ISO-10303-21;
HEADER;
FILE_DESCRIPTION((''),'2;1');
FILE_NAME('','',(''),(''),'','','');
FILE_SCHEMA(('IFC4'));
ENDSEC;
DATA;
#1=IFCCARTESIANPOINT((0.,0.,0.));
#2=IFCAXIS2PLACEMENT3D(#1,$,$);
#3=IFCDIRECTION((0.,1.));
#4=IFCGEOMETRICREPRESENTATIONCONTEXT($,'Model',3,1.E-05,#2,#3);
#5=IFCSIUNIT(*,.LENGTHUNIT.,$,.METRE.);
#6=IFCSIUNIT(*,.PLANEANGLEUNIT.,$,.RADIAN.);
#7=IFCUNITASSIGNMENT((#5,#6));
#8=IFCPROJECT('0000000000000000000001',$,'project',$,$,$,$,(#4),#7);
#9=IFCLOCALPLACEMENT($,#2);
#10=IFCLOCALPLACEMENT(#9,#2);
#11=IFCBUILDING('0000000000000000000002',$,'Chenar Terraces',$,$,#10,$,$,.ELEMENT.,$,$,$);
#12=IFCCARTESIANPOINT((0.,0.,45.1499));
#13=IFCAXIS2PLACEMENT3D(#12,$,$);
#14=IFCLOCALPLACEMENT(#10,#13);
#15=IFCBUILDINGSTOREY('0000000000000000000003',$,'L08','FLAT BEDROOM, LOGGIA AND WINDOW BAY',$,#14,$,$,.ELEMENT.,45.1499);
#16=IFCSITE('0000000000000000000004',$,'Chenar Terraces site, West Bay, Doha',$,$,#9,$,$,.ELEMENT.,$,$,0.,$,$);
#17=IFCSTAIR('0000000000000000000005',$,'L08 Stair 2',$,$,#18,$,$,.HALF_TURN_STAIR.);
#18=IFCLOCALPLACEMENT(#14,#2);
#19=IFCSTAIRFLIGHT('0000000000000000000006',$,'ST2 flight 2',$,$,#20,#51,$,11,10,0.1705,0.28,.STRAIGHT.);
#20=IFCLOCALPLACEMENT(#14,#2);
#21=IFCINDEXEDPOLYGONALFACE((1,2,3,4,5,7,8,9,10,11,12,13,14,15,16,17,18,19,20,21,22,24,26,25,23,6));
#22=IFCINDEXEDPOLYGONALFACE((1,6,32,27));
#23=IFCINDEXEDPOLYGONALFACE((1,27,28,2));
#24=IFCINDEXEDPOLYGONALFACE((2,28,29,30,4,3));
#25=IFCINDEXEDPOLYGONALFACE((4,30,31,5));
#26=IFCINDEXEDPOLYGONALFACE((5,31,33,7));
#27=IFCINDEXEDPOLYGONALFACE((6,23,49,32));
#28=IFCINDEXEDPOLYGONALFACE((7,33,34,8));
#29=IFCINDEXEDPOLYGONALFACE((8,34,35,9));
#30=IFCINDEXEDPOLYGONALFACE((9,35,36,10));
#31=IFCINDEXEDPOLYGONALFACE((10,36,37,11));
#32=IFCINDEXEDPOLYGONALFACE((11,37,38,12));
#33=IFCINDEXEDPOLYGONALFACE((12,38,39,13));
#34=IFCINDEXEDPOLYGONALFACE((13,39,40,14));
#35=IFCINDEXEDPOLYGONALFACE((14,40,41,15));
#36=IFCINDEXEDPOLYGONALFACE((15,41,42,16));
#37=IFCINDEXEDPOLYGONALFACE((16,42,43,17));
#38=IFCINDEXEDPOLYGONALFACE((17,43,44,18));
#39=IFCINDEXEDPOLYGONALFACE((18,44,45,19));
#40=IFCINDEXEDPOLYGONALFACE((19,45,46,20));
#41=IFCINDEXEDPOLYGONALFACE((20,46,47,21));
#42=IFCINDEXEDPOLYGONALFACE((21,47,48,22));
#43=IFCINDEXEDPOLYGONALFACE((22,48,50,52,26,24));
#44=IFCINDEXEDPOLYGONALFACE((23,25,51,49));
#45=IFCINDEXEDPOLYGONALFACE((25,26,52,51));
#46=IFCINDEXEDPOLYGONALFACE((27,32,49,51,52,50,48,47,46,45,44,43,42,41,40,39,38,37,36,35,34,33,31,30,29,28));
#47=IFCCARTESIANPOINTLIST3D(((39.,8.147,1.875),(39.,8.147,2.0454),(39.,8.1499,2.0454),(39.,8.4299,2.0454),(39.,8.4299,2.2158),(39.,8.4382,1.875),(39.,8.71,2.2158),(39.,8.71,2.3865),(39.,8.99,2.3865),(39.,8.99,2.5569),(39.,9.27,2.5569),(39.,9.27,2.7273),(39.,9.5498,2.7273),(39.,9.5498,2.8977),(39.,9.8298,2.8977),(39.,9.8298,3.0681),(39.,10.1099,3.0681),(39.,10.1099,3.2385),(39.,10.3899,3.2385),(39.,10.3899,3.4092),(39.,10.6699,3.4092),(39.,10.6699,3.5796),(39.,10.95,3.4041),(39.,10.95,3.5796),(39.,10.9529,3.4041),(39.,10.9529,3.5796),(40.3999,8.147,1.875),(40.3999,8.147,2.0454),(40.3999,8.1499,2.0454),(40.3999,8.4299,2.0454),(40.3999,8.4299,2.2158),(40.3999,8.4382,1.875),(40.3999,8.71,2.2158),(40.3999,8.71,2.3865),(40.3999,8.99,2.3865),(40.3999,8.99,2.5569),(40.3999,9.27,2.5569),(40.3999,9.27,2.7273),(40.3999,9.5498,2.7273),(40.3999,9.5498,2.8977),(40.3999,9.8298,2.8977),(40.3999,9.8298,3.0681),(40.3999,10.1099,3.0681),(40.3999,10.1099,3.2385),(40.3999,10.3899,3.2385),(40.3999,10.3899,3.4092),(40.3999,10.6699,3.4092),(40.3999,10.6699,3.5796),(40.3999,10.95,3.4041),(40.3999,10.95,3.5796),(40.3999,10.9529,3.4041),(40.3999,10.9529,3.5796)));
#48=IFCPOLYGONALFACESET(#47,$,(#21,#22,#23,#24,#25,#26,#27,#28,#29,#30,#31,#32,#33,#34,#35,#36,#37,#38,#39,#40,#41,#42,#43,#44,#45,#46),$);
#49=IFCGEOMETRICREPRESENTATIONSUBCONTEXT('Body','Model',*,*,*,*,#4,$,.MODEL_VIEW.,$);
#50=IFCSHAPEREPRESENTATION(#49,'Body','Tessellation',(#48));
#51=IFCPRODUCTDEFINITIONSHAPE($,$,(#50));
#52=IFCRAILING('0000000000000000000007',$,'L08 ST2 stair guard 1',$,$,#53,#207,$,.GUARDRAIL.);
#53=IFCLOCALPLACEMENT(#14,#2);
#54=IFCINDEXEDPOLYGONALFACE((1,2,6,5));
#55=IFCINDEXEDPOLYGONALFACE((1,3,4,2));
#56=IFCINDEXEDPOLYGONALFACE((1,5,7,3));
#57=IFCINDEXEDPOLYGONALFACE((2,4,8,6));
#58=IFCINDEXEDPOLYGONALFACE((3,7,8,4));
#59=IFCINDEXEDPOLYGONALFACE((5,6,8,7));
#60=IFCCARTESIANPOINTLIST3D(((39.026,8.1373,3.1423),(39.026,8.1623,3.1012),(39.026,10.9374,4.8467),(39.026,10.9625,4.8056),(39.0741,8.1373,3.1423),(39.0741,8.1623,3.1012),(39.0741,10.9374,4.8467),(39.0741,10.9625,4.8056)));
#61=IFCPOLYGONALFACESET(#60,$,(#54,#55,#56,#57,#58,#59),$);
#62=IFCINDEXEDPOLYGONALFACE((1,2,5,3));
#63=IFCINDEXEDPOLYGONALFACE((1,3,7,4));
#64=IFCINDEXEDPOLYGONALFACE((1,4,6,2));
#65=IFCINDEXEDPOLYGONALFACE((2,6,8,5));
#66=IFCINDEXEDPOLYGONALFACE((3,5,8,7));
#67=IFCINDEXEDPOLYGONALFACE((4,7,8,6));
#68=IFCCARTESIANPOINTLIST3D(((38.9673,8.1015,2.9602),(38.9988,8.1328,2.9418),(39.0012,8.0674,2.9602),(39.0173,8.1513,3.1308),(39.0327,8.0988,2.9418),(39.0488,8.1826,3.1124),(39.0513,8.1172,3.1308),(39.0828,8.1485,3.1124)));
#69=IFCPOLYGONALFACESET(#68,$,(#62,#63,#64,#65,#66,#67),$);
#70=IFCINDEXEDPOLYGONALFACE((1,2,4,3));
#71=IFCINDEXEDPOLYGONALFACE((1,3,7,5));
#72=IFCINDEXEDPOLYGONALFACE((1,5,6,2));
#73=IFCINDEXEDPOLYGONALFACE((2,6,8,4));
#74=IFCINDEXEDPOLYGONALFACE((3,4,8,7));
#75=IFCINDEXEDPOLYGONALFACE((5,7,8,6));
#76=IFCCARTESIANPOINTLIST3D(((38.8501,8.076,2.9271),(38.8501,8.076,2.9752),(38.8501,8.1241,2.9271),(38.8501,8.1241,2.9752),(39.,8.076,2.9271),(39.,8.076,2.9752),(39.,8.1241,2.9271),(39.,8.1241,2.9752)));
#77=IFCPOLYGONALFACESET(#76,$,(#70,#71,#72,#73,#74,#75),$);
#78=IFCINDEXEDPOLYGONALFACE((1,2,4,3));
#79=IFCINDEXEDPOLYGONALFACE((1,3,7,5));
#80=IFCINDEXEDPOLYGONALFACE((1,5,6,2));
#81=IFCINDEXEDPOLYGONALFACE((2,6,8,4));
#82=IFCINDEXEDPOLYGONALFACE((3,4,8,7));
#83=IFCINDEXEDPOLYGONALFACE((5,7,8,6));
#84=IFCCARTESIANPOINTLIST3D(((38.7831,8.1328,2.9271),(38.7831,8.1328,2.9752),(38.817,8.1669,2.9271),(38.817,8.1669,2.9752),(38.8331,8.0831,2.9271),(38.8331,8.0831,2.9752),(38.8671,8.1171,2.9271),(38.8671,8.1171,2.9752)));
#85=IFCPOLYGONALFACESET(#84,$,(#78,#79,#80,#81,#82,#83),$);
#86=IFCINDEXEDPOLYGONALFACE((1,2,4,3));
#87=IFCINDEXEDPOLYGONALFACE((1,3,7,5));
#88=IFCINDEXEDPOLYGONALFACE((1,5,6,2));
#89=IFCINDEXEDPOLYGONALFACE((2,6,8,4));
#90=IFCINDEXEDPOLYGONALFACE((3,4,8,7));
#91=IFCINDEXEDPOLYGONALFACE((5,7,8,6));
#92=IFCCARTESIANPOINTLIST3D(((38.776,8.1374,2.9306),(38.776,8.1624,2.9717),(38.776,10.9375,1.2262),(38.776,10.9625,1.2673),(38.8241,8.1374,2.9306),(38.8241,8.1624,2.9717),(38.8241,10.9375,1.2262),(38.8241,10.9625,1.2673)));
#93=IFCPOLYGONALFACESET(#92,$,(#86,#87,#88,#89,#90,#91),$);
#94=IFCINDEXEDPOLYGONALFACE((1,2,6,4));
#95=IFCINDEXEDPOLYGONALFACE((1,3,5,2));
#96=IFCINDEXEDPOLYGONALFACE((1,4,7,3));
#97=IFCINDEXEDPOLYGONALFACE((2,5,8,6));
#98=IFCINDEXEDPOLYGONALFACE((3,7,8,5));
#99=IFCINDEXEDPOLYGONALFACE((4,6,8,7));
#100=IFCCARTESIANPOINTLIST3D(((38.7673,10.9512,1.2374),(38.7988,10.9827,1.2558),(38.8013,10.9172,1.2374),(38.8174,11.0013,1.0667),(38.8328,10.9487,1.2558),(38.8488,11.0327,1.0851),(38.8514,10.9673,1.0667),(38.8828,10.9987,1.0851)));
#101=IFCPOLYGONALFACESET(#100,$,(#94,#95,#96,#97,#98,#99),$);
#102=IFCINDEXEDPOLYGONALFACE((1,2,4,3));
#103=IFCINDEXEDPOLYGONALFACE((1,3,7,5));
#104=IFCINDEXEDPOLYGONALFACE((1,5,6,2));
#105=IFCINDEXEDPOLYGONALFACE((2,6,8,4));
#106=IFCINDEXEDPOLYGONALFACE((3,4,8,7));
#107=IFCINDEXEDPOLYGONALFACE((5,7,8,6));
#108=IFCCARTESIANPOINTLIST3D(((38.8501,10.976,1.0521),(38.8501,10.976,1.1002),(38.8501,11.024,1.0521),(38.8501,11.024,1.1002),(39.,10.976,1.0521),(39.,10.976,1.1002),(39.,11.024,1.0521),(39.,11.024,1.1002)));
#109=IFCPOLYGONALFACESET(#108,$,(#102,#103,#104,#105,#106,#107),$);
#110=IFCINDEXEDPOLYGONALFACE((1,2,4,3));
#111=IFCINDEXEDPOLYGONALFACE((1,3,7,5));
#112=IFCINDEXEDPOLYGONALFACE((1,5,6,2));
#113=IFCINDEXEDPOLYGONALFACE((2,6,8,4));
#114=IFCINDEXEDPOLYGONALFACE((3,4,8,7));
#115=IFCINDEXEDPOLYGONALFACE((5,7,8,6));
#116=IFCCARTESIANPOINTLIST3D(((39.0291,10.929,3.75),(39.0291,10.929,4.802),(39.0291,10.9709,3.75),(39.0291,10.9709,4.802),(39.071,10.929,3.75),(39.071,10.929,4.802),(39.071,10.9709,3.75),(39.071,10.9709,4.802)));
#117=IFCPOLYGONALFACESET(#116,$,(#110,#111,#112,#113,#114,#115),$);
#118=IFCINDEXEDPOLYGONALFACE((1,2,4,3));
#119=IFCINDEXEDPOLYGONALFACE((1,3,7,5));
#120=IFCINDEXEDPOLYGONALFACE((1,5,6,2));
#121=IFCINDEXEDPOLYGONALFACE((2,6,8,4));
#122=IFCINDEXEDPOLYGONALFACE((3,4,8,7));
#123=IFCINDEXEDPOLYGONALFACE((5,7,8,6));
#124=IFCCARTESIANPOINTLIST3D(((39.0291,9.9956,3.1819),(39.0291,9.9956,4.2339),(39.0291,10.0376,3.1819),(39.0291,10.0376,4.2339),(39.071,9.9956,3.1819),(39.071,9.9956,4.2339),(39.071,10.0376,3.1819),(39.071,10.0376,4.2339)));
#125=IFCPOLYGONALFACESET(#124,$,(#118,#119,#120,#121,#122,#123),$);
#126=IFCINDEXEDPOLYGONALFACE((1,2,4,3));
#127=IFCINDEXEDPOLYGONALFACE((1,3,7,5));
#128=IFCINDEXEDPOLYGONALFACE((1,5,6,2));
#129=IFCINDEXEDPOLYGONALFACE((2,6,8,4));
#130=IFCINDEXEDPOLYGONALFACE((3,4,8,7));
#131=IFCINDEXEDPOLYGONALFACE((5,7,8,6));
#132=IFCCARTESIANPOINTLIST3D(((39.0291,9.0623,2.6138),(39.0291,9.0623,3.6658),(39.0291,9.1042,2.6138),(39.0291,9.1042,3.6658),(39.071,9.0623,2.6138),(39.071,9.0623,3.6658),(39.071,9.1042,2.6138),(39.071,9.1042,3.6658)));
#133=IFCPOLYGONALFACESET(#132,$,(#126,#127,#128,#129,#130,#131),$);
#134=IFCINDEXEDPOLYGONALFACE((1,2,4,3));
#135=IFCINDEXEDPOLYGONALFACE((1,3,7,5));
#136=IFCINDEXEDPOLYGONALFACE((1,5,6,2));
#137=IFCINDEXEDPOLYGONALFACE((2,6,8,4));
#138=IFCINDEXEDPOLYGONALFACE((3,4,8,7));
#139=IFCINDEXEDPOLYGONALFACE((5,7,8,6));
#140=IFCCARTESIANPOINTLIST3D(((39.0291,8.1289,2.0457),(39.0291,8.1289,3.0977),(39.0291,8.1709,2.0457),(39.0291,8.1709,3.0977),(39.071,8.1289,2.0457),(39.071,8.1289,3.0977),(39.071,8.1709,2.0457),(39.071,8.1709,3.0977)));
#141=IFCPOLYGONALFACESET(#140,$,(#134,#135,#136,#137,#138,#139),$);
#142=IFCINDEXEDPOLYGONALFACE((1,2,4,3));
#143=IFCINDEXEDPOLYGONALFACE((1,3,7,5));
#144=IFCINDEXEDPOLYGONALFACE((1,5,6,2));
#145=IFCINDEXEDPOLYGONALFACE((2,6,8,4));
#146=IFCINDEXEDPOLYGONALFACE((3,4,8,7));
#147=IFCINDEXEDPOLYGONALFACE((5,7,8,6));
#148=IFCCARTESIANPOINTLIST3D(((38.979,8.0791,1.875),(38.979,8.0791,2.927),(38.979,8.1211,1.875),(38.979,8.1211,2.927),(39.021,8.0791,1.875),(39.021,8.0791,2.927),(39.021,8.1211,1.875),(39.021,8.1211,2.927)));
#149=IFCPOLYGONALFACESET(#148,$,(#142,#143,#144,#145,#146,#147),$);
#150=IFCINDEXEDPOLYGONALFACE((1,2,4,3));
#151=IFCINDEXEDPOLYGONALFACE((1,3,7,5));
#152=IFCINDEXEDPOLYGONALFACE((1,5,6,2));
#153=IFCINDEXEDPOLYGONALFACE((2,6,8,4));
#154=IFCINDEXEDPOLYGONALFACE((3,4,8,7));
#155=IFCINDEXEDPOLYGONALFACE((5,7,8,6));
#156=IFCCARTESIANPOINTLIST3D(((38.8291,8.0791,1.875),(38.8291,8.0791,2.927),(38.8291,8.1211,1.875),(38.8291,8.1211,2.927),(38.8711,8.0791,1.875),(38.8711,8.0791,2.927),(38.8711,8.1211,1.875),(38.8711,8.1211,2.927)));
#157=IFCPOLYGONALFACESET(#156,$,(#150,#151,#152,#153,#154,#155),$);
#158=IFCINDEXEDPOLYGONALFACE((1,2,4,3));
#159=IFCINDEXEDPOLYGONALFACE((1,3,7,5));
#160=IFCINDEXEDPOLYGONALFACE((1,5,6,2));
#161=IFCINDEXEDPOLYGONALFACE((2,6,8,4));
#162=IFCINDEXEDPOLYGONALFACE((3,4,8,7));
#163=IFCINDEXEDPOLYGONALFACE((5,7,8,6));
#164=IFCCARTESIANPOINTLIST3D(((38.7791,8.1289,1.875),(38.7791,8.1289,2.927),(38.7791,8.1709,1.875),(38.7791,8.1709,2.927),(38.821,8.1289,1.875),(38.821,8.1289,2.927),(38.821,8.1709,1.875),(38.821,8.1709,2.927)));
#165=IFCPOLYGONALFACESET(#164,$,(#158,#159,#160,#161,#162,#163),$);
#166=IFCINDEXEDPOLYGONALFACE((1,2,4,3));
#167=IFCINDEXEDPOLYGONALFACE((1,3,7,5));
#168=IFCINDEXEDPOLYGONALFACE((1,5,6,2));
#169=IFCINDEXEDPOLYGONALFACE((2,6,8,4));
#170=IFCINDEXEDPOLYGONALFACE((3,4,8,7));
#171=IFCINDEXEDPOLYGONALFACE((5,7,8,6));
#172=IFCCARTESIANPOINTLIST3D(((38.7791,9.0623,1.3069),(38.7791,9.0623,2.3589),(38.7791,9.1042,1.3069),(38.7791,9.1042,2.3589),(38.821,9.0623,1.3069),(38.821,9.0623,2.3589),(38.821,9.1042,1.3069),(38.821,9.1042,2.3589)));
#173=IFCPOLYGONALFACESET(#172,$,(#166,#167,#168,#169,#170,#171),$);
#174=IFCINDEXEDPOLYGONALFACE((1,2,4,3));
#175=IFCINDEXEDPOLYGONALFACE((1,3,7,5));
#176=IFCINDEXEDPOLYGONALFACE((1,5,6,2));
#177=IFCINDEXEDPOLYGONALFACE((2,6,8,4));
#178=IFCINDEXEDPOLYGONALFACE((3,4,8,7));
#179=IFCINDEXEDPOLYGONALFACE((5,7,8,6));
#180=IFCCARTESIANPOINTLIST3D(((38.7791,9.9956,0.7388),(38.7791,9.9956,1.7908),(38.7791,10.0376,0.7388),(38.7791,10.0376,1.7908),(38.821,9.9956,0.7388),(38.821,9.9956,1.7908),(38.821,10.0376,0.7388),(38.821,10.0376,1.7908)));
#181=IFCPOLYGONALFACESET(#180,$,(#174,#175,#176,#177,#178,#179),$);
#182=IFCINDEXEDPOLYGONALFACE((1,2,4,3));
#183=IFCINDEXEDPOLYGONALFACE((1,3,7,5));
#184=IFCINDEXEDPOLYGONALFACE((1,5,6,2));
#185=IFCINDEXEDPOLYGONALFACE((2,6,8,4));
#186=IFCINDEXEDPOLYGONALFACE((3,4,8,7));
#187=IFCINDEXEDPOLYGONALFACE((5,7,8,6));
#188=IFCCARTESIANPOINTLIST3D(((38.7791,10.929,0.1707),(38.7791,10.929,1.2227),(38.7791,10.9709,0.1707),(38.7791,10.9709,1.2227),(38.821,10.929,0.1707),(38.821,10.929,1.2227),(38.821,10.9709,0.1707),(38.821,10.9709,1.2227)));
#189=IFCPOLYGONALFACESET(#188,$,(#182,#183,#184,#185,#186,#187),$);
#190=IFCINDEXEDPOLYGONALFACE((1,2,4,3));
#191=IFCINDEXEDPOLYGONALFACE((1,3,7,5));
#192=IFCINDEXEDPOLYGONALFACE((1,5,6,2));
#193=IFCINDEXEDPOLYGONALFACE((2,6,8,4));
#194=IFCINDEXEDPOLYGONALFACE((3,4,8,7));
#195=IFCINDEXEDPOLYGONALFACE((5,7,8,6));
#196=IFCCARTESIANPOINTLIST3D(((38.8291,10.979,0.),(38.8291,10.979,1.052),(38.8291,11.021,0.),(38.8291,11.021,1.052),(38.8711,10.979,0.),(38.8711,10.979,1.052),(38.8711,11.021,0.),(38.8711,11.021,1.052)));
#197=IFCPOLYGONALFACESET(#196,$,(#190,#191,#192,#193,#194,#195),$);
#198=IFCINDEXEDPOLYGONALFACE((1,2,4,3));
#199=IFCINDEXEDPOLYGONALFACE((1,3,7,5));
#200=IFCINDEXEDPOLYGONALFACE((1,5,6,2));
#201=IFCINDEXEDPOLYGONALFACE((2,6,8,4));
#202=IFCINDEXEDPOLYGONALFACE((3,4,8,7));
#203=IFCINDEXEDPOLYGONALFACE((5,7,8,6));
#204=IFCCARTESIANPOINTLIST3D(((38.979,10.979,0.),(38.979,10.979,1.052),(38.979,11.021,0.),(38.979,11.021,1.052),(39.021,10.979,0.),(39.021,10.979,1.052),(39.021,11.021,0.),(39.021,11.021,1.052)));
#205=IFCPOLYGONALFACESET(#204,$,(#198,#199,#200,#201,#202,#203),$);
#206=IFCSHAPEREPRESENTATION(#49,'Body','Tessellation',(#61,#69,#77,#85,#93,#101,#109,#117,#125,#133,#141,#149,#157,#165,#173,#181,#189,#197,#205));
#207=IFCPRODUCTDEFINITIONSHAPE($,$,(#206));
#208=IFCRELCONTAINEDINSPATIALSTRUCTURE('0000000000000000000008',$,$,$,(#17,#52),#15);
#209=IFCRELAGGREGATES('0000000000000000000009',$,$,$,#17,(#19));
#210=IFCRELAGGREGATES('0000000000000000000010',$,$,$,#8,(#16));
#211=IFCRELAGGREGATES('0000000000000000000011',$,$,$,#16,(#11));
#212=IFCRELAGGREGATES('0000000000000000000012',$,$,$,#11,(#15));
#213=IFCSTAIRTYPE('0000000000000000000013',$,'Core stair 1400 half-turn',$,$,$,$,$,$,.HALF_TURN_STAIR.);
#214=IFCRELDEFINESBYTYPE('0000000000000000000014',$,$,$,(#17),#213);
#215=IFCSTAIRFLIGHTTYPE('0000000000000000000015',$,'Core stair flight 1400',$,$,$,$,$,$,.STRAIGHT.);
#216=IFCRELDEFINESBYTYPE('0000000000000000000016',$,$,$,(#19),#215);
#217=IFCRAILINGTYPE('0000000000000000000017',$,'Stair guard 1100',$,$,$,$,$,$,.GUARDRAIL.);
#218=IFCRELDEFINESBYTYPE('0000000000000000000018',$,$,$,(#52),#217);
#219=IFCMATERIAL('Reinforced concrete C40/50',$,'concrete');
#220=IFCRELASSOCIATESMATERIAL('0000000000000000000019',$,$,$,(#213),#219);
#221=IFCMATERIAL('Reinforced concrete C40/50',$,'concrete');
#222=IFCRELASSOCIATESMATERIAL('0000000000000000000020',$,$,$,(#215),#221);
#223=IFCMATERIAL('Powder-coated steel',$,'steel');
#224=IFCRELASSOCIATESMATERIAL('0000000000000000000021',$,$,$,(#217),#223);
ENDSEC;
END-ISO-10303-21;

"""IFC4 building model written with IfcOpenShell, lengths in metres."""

from ifc_helpers import new_model, si_unit, direction, frame, origin, origin_2d, place, context, subcontext, project, spatial, polyline, rectangle, outline, extrude, material, type_object, element, aggregate, save


model = new_model("IFC4")

# Units and contexts
model_context = context("Model", 3, precision=1e-05, world=origin(), true_north=direction((0.0, 1.0)))
body_context = subcontext(model_context, "Body", "Model", "MODEL_VIEW")
ifc_project = project(units=[si_unit("LENGTHUNIT", "METRE"), si_unit("PLANEANGLEUNIT", "RADIAN")], contexts=[model_context])

# Site, building, storey
site_placement = place(None, origin())
site = spatial("IfcSite", under=ifc_project, at=site_placement, Name="Chenar Terraces site, West Bay, Doha", CompositionType="ELEMENT", RefElevation=0.0)
building_placement = place(site_placement, origin())
building = spatial("IfcBuilding", under=site, at=building_placement, Name="Chenar Terraces", CompositionType="ELEMENT")
storey_placement = place(building_placement, frame((0.0, 0.0, 45.1499)))
storey = spatial("IfcBuildingStorey", under=building, at=storey_placement, Name="L08", Description="FLAT BEDROOM, LOGGIA AND WINDOW BAY", CompositionType="ELEMENT", Elevation=45.1499)

# Stair, stair flight
ifc_material_1 = material(Name="Reinforced concrete C40/50", Category="concrete")
stair_type = type_object("IfcStairType", Name="Core stair 1400 half-turn", PredefinedType="HALF_TURN_STAIR", material=ifc_material_1)
stair_placement = place(storey_placement, origin())
stair = element("IfcStair", 1, at=stair_placement, inside=storey, type_object=stair_type, Name="L08 Stair 2", PredefinedType="HALF_TURN_STAIR")
ifc_material_2 = material(Name="Reinforced concrete C40/50", Category="concrete")
stair_flight_type = type_object("IfcStairFlightType", Name="Core stair flight 1400", PredefinedType="STRAIGHT", material=ifc_material_2)
stair_flight_1_placement = place(storey_placement, frame((39.7, 8.1499, 1.875), z_axis=(0.0, 0.0, 1.0), x_axis=(0.0, 1.0, 0.0)))
stair_flight_1 = element("IfcStairFlight", 2, at=stair_flight_1_placement, type_object=stair_flight_type, Name="ST2 flight 2", NumberOfRisers=11, NumberOfTreads=10, PredefinedType="STRAIGHT", RiserHeight=0.1705, TreadLength=0.28, context=body_context, shape_type="SweptSolid", body=[
    extrude(outline(polyline([(-0.0029, 0.0), (-0.0029, 0.1704), (0.0, 0.1704), (0.28, 0.1704), (0.28, 0.3408), (0.5601, 0.3408), (0.5601, 0.5115), (0.8401, 0.5115), (0.8401, 0.6819), (1.1201, 0.6819), (1.1201, 0.8523), (1.3999, 0.8523), (1.3999, 1.0227), (1.6799, 1.0227), (1.6799, 1.1931), (1.96, 1.1931), (1.96, 1.3635), (2.24, 1.3635), (2.24, 1.5342), (2.52, 1.5342), (2.52, 1.7046), (2.8, 1.7046), (2.803, 1.7046), (2.803, 1.5291), (2.8, 1.5291), (0.2883, 0.0), (-0.0029, 0.0)])), frame((0.0, 0.7, 0.0), z_axis=(0.0, -1.0, 0.0), x_axis=(1.0, 0.0, 0.0)), (0.0, 0.0, 1.0), 1.3999),
])
aggregate(stair, [stair_flight_1])

# Railing
ifc_material_3 = material(Name="Powder-coated steel", Category="steel")
railing_type_1 = type_object("IfcRailingType", Name="Stair guard 1100", PredefinedType="GUARDRAIL", material=ifc_material_3)
railing_1_placement = place(storey_placement, frame((39.05, 10.95, 3.75)))
element("IfcRailing", 3, at=railing_1_placement, inside=storey, type_object=railing_type_1, Name="L08 ST2 stair guard 1", PredefinedType="GUARDRAIL", context=body_context, shape_type="SweptSolid", body=[
    extrude(rectangle(XDim=0.0481, YDim=0.0481, at=origin_2d()), frame((0.0, 0.0, 1.0762), z_axis=(0.0, -0.854203, -0.51994), x_axis=(1.0, 0.0, 0.0)), (0.0, 0.0, 1.0), 3.2781),
    extrude(rectangle(XDim=0.0481, YDim=0.0481, at=origin_2d()), frame((0.0, -2.8, -0.6284), z_axis=(-0.270997, -0.269675, -0.924033), x_axis=(0.705376, -0.708834, 0.0)), (0.0, 0.0, 1.0), 0.1846),
    extrude(rectangle(XDim=0.0481, YDim=0.0481, at=origin_2d()), frame((-0.05, -2.8499, -0.7988), z_axis=(-1.0, 0.0, 0.0), x_axis=(0.0, -1.0, 0.0)), (0.0, 0.0, 1.0), 0.1499),
    extrude(rectangle(XDim=0.0481, YDim=0.0481, at=origin_2d()), frame((-0.2, -2.8499, -0.7988), z_axis=(-0.708834, 0.705376, 0.0), x_axis=(-0.705376, -0.708834, 0.0)), (0.0, 0.0, 1.0), 0.0706),
    extrude(rectangle(XDim=0.0481, YDim=0.0481, at=origin_2d()), frame((-0.25, -2.8, -0.7988), z_axis=(0.0, 0.854203, -0.51994), x_axis=(-1.0, 0.0, 0.0)), (0.0, 0.0, 1.0), 3.2781),
    extrude(rectangle(XDim=0.0481, YDim=0.0481, at=origin_2d()), frame((-0.25, 0.0, -2.5034), z_axis=(0.2709, 0.2709, -0.923703), x_axis=(-0.707107, 0.707107, 0.0)), (0.0, 0.0, 1.0), 0.1848),
    extrude(rectangle(XDim=0.0481, YDim=0.0481, at=origin_2d()), frame((-0.2, 0.05, -2.6738), z_axis=(1.0, 0.0, 0.0), x_axis=(0.0, 1.0, 0.0)), (0.0, 0.0, 1.0), 0.1499),
    extrude(rectangle(XDim=0.042, YDim=0.042, at=origin_2d()), origin(), (0.0, 0.0, 1.0), 1.052),
    extrude(rectangle(XDim=0.042, YDim=0.042, at=origin_2d()), frame((0.0, -0.9333, -0.5681)), (0.0, 0.0, 1.0), 1.052),
    extrude(rectangle(XDim=0.042, YDim=0.042, at=origin_2d()), frame((0.0, -1.8667, -1.1362)), (0.0, 0.0, 1.0), 1.052),
    extrude(rectangle(XDim=0.042, YDim=0.042, at=origin_2d()), frame((0.0, -2.8, -1.7043)), (0.0, 0.0, 1.0), 1.052),
    extrude(rectangle(XDim=0.042, YDim=0.042, at=origin_2d()), frame((-0.05, -2.8499, -1.875)), (0.0, 0.0, 1.0), 1.052),
    extrude(rectangle(XDim=0.042, YDim=0.042, at=origin_2d()), frame((-0.2, -2.8499, -1.875)), (0.0, 0.0, 1.0), 1.052),
    extrude(rectangle(XDim=0.042, YDim=0.042, at=origin_2d()), frame((-0.25, -2.8, -1.875)), (0.0, 0.0, 1.0), 1.052),
    extrude(rectangle(XDim=0.042, YDim=0.042, at=origin_2d()), frame((-0.25, -1.8667, -2.4431)), (0.0, 0.0, 1.0), 1.052),
    extrude(rectangle(XDim=0.042, YDim=0.042, at=origin_2d()), frame((-0.25, -0.9333, -3.0112)), (0.0, 0.0, 1.0), 1.052),
    extrude(rectangle(XDim=0.042, YDim=0.042, at=origin_2d()), frame((-0.25, 0.0, -3.5793)), (0.0, 0.0, 1.0), 1.052),
    extrude(rectangle(XDim=0.042, YDim=0.042, at=origin_2d()), frame((-0.2, 0.05, -3.75)), (0.0, 0.0, 1.0), 1.052),
    extrude(rectangle(XDim=0.042, YDim=0.042, at=origin_2d()), frame((-0.05, 0.05, -3.75)), (0.0, 0.0, 1.0), 1.052),
])

save(model, "model.ifc")
